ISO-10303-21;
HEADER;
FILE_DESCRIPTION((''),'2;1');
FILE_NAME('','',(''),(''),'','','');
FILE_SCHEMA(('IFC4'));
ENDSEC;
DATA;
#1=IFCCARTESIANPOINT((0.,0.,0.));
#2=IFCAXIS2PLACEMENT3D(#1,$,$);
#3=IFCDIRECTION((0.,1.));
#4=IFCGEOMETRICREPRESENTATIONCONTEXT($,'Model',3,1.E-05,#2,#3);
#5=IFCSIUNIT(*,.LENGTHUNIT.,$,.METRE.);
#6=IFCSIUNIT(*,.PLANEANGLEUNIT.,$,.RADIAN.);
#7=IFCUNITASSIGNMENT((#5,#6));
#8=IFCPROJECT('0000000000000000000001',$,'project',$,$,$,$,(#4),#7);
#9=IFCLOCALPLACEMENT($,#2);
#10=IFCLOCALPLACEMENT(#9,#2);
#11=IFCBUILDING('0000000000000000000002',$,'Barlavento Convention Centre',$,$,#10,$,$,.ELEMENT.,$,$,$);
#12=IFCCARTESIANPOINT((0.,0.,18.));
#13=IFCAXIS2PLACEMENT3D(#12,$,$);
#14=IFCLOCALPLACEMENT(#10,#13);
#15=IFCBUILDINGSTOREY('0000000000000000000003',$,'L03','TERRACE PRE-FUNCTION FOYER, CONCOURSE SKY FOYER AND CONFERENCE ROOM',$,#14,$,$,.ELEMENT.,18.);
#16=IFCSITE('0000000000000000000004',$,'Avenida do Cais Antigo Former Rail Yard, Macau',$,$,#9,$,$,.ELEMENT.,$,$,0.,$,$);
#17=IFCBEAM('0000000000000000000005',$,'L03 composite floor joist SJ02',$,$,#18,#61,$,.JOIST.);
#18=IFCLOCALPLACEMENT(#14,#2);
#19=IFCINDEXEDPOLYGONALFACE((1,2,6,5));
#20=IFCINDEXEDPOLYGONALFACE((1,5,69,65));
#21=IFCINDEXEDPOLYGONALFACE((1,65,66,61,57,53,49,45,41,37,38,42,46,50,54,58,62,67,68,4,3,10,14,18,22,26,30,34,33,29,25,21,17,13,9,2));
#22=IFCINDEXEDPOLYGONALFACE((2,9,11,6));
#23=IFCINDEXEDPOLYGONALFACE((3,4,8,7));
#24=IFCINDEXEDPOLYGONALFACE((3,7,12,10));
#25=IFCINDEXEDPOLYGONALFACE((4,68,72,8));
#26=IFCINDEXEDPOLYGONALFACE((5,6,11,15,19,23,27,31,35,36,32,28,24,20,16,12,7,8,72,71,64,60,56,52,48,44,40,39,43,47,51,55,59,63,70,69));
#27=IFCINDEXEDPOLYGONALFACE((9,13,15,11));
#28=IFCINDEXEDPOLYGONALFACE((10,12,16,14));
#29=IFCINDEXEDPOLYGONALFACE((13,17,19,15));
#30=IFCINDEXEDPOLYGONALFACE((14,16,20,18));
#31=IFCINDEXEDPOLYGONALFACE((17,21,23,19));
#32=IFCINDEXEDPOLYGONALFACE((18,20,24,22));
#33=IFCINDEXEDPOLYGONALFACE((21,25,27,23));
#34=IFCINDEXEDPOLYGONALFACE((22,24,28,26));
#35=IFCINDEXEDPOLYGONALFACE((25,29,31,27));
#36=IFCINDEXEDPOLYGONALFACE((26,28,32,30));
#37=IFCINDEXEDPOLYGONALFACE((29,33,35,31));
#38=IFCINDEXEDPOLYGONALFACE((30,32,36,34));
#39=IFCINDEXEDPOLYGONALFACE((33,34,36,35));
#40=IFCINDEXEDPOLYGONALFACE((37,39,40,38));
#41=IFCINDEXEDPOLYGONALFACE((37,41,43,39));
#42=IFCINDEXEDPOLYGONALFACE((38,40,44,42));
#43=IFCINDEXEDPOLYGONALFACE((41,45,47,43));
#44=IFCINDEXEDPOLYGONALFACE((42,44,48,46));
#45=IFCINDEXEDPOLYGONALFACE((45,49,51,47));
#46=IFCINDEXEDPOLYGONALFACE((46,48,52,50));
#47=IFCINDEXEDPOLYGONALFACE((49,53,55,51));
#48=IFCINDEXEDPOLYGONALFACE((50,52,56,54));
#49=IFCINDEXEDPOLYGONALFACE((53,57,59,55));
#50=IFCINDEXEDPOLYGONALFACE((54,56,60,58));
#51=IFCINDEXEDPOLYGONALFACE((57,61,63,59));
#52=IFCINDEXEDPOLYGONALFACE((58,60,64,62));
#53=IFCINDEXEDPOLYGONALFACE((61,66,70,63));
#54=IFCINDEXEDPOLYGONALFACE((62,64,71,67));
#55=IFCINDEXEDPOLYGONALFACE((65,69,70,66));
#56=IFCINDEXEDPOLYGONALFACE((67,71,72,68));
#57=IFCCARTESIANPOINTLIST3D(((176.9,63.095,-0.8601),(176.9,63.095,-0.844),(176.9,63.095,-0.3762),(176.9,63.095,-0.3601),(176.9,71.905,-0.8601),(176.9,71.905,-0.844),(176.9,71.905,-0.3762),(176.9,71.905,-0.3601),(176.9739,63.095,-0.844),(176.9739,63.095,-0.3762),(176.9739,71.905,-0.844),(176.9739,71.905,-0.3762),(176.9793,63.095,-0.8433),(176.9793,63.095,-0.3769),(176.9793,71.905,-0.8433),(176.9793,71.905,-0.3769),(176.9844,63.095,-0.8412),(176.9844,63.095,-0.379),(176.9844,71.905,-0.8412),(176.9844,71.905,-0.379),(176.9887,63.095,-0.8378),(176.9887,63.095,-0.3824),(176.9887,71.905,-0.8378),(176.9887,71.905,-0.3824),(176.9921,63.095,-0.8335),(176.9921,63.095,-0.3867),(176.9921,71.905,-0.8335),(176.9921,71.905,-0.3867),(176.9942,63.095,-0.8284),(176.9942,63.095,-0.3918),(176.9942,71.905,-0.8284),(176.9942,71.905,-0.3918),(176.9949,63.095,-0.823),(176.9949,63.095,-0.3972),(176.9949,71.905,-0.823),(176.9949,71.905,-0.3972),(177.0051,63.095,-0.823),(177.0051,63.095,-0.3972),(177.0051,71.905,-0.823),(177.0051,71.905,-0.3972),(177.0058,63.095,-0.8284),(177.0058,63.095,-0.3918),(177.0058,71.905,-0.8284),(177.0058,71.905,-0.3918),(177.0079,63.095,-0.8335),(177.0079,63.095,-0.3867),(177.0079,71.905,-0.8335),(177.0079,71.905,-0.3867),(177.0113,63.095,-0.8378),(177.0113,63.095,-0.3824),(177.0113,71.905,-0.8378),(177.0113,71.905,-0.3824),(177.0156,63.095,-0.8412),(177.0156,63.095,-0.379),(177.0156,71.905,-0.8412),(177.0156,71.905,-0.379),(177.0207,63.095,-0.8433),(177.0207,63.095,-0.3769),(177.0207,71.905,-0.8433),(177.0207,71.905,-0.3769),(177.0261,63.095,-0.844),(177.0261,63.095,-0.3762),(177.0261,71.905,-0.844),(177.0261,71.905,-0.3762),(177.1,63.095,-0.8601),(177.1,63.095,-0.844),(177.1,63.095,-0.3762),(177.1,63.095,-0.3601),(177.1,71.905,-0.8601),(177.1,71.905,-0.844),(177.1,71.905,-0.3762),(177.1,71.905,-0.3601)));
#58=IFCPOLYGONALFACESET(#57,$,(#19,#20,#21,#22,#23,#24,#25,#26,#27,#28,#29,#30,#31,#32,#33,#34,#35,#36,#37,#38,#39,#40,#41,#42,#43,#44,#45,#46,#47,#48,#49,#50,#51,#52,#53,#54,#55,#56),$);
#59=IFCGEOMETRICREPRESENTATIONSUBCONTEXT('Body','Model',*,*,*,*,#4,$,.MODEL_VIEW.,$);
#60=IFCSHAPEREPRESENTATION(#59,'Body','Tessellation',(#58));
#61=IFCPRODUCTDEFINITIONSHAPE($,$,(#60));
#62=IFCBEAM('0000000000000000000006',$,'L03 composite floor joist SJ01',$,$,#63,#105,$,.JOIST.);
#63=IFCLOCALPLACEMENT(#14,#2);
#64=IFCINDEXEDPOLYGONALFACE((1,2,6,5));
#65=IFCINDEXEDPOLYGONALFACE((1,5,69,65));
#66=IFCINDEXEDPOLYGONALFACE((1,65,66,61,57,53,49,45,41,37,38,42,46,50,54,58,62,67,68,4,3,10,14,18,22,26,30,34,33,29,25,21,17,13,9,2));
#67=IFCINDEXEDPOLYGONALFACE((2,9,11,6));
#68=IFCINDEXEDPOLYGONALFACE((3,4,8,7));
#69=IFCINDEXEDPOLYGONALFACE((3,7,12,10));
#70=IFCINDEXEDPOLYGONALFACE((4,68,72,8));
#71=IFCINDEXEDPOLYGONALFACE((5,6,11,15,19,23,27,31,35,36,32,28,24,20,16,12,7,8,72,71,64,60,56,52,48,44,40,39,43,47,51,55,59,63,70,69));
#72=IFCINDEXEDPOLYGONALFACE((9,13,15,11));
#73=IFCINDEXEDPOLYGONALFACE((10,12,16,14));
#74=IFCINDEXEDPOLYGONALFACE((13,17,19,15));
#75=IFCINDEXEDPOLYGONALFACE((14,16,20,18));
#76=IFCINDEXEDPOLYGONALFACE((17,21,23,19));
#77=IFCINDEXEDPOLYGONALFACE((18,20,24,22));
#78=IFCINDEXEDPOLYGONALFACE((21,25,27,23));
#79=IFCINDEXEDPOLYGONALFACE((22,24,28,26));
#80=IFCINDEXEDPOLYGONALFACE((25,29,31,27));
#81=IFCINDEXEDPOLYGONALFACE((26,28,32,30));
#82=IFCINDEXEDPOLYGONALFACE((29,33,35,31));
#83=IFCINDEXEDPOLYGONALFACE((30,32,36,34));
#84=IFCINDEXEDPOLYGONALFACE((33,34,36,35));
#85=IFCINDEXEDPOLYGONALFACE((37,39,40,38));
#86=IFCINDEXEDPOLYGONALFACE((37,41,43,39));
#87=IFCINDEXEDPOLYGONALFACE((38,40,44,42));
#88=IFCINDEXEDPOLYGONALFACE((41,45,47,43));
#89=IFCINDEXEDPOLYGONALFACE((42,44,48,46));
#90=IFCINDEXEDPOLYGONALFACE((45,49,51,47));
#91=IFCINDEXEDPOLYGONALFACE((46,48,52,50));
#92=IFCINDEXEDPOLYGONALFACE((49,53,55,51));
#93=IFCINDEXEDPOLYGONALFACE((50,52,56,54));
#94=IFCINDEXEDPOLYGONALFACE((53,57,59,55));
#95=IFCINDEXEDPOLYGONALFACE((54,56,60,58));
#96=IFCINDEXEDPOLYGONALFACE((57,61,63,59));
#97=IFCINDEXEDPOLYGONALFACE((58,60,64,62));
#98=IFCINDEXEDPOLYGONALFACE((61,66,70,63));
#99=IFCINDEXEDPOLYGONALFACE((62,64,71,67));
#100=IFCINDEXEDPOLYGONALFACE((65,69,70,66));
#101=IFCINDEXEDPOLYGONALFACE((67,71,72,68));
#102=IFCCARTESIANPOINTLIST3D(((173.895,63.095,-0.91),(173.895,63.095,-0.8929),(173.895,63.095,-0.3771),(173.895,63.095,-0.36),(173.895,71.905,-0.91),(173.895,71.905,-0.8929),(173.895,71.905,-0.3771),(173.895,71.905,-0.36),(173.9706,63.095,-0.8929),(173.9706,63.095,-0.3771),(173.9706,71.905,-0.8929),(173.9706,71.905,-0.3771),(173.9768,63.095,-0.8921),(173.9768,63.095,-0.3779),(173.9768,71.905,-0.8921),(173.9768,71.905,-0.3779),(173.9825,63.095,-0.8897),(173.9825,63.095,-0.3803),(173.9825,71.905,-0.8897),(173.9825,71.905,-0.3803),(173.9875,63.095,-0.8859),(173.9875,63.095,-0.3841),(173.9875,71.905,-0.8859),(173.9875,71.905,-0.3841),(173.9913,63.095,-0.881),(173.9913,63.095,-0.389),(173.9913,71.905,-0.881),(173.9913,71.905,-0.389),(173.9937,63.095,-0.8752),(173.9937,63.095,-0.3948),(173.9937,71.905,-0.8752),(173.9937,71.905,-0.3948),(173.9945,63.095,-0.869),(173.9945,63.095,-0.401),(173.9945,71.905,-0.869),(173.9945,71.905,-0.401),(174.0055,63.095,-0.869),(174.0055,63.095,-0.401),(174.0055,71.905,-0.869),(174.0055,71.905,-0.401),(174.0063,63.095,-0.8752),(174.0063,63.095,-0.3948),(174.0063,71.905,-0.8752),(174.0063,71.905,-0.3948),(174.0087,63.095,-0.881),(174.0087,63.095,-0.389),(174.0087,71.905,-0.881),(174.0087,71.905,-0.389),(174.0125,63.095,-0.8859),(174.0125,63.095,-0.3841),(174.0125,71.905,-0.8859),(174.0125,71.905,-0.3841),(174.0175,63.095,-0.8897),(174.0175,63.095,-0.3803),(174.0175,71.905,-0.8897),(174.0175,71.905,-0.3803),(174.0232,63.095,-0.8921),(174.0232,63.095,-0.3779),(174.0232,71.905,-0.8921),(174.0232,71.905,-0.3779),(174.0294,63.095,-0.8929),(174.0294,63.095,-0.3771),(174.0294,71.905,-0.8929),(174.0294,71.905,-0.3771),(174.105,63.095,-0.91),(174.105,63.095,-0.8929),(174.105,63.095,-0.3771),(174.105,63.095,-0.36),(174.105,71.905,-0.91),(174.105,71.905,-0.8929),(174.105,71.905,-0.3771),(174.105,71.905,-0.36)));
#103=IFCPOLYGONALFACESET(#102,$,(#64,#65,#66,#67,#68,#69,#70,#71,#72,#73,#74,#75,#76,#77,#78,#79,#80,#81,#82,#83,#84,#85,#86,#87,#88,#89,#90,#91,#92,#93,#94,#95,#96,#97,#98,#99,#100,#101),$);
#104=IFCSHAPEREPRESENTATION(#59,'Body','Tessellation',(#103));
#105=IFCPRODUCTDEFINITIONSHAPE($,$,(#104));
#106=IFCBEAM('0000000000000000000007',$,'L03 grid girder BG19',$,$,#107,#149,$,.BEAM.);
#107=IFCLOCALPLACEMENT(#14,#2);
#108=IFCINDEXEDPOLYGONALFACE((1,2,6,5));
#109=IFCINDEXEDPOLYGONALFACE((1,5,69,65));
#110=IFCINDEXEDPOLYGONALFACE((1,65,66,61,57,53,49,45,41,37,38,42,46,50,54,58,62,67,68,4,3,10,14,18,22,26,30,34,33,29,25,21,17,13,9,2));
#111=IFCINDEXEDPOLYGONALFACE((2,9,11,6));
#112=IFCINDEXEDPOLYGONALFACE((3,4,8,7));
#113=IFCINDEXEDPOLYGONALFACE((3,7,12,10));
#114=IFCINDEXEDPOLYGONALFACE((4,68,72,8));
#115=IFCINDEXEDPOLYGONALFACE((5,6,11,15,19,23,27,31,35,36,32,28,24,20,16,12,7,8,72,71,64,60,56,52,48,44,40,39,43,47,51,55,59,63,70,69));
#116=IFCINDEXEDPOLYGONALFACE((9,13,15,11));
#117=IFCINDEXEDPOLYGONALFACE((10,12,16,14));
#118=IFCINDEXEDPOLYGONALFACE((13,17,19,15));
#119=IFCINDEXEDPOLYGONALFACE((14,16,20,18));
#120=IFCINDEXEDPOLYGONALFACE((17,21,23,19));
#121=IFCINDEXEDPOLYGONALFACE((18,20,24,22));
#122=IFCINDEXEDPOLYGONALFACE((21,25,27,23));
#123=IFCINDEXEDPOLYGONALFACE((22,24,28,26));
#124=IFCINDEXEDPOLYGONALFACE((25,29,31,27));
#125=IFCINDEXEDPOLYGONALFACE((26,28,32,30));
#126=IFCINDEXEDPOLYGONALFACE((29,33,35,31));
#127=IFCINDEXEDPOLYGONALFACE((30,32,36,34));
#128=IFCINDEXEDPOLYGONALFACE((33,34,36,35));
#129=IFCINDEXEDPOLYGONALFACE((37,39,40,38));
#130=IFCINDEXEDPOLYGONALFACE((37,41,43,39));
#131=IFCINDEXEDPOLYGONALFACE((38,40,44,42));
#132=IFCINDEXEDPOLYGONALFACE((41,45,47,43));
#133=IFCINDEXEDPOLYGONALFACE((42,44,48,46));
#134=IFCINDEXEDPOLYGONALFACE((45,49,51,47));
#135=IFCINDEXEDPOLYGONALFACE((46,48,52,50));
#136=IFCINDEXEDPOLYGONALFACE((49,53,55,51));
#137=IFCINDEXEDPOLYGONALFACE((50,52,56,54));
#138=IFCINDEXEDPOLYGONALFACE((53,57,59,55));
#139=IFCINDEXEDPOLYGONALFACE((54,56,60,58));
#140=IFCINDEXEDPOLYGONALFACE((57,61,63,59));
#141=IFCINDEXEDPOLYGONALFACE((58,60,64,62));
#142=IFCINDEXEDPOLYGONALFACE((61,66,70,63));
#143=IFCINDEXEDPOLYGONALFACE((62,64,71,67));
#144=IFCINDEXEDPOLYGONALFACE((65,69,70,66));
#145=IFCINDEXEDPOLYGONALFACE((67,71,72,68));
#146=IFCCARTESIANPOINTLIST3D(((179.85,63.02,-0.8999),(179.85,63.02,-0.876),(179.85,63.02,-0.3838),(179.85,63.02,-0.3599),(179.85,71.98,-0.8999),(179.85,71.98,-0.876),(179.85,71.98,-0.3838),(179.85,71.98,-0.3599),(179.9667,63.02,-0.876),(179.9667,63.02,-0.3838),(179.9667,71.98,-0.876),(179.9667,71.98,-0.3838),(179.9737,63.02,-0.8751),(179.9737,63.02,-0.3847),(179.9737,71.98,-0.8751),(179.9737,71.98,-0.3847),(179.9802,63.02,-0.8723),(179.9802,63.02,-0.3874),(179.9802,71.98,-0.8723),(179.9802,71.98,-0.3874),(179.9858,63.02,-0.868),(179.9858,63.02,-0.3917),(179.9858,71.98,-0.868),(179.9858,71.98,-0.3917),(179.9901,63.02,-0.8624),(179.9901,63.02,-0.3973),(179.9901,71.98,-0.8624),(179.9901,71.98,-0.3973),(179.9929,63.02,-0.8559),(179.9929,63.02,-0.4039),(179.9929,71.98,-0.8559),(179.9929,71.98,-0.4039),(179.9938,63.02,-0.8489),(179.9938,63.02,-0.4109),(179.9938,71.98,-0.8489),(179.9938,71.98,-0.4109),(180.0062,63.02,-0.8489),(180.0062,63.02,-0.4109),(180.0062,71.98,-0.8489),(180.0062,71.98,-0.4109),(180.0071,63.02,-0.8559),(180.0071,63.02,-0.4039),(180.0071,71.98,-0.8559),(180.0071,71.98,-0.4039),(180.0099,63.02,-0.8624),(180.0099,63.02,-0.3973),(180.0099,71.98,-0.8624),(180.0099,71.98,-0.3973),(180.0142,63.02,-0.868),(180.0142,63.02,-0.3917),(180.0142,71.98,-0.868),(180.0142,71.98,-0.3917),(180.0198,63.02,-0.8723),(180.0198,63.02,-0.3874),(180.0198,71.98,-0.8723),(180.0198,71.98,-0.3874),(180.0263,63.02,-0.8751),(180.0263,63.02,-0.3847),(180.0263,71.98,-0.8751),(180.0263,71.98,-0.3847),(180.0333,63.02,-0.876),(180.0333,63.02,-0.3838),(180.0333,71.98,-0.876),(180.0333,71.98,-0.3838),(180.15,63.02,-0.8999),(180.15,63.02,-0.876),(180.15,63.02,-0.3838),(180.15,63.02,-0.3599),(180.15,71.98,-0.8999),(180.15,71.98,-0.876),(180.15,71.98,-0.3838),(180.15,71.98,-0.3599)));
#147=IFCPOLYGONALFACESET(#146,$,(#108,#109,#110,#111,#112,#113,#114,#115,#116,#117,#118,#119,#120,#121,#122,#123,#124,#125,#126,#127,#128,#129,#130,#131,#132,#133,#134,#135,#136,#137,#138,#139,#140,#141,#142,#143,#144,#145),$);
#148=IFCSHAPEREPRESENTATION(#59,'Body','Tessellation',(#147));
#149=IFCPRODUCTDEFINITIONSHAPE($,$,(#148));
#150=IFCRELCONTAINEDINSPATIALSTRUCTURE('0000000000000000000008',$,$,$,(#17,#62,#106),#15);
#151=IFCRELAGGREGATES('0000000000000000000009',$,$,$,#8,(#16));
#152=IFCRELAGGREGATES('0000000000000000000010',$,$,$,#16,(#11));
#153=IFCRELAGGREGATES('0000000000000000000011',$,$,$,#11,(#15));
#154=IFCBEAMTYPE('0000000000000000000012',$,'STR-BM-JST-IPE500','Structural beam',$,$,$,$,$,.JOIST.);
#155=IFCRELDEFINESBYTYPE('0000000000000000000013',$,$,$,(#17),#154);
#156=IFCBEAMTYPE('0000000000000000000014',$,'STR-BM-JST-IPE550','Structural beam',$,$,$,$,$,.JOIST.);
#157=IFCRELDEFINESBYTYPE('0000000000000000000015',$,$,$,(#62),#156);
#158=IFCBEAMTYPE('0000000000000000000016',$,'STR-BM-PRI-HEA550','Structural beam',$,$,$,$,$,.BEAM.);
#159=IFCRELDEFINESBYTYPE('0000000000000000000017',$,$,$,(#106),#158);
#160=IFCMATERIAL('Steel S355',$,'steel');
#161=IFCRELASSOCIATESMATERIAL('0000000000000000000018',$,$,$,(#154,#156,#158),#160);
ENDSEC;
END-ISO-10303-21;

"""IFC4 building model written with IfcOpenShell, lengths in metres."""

from ifc_helpers import new_model, si_unit, direction, frame, origin, origin_2d, place, context, subcontext, project, spatial, i_section, extrude, material, material_profile, profile_set, type_object, element, save


model = new_model("IFC4")

# Units and contexts
model_context = context("Model", 3, precision=1e-05, world=origin(), true_north=direction((0.0, 1.0)))
body_context = subcontext(model_context, "Body", "Model", "MODEL_VIEW")
ifc_project = project(units=[si_unit("LENGTHUNIT", "METRE"), si_unit("PLANEANGLEUNIT", "RADIAN")], contexts=[model_context])

# Site, building, storey
site_placement = place(None, origin())
site = spatial("IfcSite", under=ifc_project, at=site_placement, Name="Avenida do Cais Antigo Former Rail Yard, Macau", CompositionType="ELEMENT", RefElevation=0.0)
building_placement = place(site_placement, origin())
building = spatial("IfcBuilding", under=site, at=building_placement, Name="Barlavento Convention Centre", CompositionType="ELEMENT")
storey_placement = place(building_placement, frame((0.0, 0.0, 18.0)))
storey = spatial("IfcBuildingStorey", under=building, at=storey_placement, Name="L03", Description="TERRACE PRE-FUNCTION FOYER, CONCOURSE SKY FOYER AND CONFERENCE ROOM", CompositionType="ELEMENT", Elevation=18.0)

# Shared definitions
ifc_material_1 = material(Name="Steel S355", Category="steel")

# Beams
ifc_material_profile_1 = material_profile(ifc_material_1, i_section(OverallWidth=0.2, OverallDepth=0.5, WebThickness=0.0103, FlangeThickness=0.0161, FilletRadius=0.021, at=origin_2d()), Name="IPE 500")
ifc_profile_set_1 = profile_set([ifc_material_profile_1], Name="Steel S355")
beam_type_1 = type_object("IfcBeamType", Name="STR-BM-JST-IPE500", Description="Structural beam", PredefinedType="JOIST", material=ifc_profile_set_1)
beam_1_placement = place(storey_placement, frame((177.0, 63.095, -0.6101), z_axis=(0.0, 1.0, 0.0), x_axis=(-1.0, 0.0, 0.0)))
element("IfcBeam", 1, at=beam_1_placement, inside=storey, type_object=beam_type_1, Name="L03 composite floor joist SJ02", PredefinedType="JOIST", context=body_context, shape_type="SweptSolid", body=[
    extrude(i_section(OverallWidth=0.2, OverallDepth=0.5, WebThickness=0.0103, FlangeThickness=0.0161, FilletRadius=0.021, at=origin_2d()), origin(), (0.0, 0.0, 1.0), 8.8101),
])
ifc_material_profile_2 = material_profile(ifc_material_1, i_section(OverallWidth=0.21, OverallDepth=0.55, WebThickness=0.011, FlangeThickness=0.0171, FilletRadius=0.0239, at=origin_2d()), Name="IPE 550")
ifc_profile_set_2 = profile_set([ifc_material_profile_2], Name="Steel S355")
beam_type_2 = type_object("IfcBeamType", Name="STR-BM-JST-IPE550", Description="Structural beam", PredefinedType="JOIST", material=ifc_profile_set_2)
beam_2_placement = place(storey_placement, frame((174.0, 63.095, -0.635), z_axis=(0.0, 1.0, 0.0), x_axis=(-1.0, 0.0, 0.0)))
element("IfcBeam", 2, at=beam_2_placement, inside=storey, type_object=beam_type_2, Name="L03 composite floor joist SJ01", PredefinedType="JOIST", context=body_context, shape_type="SweptSolid", body=[
    extrude(i_section(OverallWidth=0.21, OverallDepth=0.55, WebThickness=0.011, FlangeThickness=0.0171, FilletRadius=0.0239, at=origin_2d()), origin(), (0.0, 0.0, 1.0), 8.8101),
])
ifc_material_profile_3 = material_profile(ifc_material_1, i_section(OverallWidth=0.3, OverallDepth=0.54, WebThickness=0.0125, FlangeThickness=0.0239, FilletRadius=0.0271, at=origin_2d()), Name="HEA 550")
ifc_profile_set_3 = profile_set([ifc_material_profile_3], Name="Steel S355")
beam_type_3 = type_object("IfcBeamType", Name="STR-BM-PRI-HEA550", Description="Structural beam", PredefinedType="BEAM", material=ifc_profile_set_3)
beam_3_placement = place(storey_placement, frame((180.0, 63.02, -0.6299), z_axis=(0.0, 1.0, 0.0), x_axis=(-1.0, 0.0, 0.0)))
element("IfcBeam", 3, at=beam_3_placement, inside=storey, type_object=beam_type_3, Name="L03 grid girder BG19", PredefinedType="BEAM", context=body_context, shape_type="SweptSolid", body=[
    extrude(i_section(OverallWidth=0.3, OverallDepth=0.54, WebThickness=0.0125, FlangeThickness=0.0239, FilletRadius=0.0271, at=origin_2d()), origin(), (0.0, 0.0, 1.0), 8.96),
])

save(model, "model.ifc")
